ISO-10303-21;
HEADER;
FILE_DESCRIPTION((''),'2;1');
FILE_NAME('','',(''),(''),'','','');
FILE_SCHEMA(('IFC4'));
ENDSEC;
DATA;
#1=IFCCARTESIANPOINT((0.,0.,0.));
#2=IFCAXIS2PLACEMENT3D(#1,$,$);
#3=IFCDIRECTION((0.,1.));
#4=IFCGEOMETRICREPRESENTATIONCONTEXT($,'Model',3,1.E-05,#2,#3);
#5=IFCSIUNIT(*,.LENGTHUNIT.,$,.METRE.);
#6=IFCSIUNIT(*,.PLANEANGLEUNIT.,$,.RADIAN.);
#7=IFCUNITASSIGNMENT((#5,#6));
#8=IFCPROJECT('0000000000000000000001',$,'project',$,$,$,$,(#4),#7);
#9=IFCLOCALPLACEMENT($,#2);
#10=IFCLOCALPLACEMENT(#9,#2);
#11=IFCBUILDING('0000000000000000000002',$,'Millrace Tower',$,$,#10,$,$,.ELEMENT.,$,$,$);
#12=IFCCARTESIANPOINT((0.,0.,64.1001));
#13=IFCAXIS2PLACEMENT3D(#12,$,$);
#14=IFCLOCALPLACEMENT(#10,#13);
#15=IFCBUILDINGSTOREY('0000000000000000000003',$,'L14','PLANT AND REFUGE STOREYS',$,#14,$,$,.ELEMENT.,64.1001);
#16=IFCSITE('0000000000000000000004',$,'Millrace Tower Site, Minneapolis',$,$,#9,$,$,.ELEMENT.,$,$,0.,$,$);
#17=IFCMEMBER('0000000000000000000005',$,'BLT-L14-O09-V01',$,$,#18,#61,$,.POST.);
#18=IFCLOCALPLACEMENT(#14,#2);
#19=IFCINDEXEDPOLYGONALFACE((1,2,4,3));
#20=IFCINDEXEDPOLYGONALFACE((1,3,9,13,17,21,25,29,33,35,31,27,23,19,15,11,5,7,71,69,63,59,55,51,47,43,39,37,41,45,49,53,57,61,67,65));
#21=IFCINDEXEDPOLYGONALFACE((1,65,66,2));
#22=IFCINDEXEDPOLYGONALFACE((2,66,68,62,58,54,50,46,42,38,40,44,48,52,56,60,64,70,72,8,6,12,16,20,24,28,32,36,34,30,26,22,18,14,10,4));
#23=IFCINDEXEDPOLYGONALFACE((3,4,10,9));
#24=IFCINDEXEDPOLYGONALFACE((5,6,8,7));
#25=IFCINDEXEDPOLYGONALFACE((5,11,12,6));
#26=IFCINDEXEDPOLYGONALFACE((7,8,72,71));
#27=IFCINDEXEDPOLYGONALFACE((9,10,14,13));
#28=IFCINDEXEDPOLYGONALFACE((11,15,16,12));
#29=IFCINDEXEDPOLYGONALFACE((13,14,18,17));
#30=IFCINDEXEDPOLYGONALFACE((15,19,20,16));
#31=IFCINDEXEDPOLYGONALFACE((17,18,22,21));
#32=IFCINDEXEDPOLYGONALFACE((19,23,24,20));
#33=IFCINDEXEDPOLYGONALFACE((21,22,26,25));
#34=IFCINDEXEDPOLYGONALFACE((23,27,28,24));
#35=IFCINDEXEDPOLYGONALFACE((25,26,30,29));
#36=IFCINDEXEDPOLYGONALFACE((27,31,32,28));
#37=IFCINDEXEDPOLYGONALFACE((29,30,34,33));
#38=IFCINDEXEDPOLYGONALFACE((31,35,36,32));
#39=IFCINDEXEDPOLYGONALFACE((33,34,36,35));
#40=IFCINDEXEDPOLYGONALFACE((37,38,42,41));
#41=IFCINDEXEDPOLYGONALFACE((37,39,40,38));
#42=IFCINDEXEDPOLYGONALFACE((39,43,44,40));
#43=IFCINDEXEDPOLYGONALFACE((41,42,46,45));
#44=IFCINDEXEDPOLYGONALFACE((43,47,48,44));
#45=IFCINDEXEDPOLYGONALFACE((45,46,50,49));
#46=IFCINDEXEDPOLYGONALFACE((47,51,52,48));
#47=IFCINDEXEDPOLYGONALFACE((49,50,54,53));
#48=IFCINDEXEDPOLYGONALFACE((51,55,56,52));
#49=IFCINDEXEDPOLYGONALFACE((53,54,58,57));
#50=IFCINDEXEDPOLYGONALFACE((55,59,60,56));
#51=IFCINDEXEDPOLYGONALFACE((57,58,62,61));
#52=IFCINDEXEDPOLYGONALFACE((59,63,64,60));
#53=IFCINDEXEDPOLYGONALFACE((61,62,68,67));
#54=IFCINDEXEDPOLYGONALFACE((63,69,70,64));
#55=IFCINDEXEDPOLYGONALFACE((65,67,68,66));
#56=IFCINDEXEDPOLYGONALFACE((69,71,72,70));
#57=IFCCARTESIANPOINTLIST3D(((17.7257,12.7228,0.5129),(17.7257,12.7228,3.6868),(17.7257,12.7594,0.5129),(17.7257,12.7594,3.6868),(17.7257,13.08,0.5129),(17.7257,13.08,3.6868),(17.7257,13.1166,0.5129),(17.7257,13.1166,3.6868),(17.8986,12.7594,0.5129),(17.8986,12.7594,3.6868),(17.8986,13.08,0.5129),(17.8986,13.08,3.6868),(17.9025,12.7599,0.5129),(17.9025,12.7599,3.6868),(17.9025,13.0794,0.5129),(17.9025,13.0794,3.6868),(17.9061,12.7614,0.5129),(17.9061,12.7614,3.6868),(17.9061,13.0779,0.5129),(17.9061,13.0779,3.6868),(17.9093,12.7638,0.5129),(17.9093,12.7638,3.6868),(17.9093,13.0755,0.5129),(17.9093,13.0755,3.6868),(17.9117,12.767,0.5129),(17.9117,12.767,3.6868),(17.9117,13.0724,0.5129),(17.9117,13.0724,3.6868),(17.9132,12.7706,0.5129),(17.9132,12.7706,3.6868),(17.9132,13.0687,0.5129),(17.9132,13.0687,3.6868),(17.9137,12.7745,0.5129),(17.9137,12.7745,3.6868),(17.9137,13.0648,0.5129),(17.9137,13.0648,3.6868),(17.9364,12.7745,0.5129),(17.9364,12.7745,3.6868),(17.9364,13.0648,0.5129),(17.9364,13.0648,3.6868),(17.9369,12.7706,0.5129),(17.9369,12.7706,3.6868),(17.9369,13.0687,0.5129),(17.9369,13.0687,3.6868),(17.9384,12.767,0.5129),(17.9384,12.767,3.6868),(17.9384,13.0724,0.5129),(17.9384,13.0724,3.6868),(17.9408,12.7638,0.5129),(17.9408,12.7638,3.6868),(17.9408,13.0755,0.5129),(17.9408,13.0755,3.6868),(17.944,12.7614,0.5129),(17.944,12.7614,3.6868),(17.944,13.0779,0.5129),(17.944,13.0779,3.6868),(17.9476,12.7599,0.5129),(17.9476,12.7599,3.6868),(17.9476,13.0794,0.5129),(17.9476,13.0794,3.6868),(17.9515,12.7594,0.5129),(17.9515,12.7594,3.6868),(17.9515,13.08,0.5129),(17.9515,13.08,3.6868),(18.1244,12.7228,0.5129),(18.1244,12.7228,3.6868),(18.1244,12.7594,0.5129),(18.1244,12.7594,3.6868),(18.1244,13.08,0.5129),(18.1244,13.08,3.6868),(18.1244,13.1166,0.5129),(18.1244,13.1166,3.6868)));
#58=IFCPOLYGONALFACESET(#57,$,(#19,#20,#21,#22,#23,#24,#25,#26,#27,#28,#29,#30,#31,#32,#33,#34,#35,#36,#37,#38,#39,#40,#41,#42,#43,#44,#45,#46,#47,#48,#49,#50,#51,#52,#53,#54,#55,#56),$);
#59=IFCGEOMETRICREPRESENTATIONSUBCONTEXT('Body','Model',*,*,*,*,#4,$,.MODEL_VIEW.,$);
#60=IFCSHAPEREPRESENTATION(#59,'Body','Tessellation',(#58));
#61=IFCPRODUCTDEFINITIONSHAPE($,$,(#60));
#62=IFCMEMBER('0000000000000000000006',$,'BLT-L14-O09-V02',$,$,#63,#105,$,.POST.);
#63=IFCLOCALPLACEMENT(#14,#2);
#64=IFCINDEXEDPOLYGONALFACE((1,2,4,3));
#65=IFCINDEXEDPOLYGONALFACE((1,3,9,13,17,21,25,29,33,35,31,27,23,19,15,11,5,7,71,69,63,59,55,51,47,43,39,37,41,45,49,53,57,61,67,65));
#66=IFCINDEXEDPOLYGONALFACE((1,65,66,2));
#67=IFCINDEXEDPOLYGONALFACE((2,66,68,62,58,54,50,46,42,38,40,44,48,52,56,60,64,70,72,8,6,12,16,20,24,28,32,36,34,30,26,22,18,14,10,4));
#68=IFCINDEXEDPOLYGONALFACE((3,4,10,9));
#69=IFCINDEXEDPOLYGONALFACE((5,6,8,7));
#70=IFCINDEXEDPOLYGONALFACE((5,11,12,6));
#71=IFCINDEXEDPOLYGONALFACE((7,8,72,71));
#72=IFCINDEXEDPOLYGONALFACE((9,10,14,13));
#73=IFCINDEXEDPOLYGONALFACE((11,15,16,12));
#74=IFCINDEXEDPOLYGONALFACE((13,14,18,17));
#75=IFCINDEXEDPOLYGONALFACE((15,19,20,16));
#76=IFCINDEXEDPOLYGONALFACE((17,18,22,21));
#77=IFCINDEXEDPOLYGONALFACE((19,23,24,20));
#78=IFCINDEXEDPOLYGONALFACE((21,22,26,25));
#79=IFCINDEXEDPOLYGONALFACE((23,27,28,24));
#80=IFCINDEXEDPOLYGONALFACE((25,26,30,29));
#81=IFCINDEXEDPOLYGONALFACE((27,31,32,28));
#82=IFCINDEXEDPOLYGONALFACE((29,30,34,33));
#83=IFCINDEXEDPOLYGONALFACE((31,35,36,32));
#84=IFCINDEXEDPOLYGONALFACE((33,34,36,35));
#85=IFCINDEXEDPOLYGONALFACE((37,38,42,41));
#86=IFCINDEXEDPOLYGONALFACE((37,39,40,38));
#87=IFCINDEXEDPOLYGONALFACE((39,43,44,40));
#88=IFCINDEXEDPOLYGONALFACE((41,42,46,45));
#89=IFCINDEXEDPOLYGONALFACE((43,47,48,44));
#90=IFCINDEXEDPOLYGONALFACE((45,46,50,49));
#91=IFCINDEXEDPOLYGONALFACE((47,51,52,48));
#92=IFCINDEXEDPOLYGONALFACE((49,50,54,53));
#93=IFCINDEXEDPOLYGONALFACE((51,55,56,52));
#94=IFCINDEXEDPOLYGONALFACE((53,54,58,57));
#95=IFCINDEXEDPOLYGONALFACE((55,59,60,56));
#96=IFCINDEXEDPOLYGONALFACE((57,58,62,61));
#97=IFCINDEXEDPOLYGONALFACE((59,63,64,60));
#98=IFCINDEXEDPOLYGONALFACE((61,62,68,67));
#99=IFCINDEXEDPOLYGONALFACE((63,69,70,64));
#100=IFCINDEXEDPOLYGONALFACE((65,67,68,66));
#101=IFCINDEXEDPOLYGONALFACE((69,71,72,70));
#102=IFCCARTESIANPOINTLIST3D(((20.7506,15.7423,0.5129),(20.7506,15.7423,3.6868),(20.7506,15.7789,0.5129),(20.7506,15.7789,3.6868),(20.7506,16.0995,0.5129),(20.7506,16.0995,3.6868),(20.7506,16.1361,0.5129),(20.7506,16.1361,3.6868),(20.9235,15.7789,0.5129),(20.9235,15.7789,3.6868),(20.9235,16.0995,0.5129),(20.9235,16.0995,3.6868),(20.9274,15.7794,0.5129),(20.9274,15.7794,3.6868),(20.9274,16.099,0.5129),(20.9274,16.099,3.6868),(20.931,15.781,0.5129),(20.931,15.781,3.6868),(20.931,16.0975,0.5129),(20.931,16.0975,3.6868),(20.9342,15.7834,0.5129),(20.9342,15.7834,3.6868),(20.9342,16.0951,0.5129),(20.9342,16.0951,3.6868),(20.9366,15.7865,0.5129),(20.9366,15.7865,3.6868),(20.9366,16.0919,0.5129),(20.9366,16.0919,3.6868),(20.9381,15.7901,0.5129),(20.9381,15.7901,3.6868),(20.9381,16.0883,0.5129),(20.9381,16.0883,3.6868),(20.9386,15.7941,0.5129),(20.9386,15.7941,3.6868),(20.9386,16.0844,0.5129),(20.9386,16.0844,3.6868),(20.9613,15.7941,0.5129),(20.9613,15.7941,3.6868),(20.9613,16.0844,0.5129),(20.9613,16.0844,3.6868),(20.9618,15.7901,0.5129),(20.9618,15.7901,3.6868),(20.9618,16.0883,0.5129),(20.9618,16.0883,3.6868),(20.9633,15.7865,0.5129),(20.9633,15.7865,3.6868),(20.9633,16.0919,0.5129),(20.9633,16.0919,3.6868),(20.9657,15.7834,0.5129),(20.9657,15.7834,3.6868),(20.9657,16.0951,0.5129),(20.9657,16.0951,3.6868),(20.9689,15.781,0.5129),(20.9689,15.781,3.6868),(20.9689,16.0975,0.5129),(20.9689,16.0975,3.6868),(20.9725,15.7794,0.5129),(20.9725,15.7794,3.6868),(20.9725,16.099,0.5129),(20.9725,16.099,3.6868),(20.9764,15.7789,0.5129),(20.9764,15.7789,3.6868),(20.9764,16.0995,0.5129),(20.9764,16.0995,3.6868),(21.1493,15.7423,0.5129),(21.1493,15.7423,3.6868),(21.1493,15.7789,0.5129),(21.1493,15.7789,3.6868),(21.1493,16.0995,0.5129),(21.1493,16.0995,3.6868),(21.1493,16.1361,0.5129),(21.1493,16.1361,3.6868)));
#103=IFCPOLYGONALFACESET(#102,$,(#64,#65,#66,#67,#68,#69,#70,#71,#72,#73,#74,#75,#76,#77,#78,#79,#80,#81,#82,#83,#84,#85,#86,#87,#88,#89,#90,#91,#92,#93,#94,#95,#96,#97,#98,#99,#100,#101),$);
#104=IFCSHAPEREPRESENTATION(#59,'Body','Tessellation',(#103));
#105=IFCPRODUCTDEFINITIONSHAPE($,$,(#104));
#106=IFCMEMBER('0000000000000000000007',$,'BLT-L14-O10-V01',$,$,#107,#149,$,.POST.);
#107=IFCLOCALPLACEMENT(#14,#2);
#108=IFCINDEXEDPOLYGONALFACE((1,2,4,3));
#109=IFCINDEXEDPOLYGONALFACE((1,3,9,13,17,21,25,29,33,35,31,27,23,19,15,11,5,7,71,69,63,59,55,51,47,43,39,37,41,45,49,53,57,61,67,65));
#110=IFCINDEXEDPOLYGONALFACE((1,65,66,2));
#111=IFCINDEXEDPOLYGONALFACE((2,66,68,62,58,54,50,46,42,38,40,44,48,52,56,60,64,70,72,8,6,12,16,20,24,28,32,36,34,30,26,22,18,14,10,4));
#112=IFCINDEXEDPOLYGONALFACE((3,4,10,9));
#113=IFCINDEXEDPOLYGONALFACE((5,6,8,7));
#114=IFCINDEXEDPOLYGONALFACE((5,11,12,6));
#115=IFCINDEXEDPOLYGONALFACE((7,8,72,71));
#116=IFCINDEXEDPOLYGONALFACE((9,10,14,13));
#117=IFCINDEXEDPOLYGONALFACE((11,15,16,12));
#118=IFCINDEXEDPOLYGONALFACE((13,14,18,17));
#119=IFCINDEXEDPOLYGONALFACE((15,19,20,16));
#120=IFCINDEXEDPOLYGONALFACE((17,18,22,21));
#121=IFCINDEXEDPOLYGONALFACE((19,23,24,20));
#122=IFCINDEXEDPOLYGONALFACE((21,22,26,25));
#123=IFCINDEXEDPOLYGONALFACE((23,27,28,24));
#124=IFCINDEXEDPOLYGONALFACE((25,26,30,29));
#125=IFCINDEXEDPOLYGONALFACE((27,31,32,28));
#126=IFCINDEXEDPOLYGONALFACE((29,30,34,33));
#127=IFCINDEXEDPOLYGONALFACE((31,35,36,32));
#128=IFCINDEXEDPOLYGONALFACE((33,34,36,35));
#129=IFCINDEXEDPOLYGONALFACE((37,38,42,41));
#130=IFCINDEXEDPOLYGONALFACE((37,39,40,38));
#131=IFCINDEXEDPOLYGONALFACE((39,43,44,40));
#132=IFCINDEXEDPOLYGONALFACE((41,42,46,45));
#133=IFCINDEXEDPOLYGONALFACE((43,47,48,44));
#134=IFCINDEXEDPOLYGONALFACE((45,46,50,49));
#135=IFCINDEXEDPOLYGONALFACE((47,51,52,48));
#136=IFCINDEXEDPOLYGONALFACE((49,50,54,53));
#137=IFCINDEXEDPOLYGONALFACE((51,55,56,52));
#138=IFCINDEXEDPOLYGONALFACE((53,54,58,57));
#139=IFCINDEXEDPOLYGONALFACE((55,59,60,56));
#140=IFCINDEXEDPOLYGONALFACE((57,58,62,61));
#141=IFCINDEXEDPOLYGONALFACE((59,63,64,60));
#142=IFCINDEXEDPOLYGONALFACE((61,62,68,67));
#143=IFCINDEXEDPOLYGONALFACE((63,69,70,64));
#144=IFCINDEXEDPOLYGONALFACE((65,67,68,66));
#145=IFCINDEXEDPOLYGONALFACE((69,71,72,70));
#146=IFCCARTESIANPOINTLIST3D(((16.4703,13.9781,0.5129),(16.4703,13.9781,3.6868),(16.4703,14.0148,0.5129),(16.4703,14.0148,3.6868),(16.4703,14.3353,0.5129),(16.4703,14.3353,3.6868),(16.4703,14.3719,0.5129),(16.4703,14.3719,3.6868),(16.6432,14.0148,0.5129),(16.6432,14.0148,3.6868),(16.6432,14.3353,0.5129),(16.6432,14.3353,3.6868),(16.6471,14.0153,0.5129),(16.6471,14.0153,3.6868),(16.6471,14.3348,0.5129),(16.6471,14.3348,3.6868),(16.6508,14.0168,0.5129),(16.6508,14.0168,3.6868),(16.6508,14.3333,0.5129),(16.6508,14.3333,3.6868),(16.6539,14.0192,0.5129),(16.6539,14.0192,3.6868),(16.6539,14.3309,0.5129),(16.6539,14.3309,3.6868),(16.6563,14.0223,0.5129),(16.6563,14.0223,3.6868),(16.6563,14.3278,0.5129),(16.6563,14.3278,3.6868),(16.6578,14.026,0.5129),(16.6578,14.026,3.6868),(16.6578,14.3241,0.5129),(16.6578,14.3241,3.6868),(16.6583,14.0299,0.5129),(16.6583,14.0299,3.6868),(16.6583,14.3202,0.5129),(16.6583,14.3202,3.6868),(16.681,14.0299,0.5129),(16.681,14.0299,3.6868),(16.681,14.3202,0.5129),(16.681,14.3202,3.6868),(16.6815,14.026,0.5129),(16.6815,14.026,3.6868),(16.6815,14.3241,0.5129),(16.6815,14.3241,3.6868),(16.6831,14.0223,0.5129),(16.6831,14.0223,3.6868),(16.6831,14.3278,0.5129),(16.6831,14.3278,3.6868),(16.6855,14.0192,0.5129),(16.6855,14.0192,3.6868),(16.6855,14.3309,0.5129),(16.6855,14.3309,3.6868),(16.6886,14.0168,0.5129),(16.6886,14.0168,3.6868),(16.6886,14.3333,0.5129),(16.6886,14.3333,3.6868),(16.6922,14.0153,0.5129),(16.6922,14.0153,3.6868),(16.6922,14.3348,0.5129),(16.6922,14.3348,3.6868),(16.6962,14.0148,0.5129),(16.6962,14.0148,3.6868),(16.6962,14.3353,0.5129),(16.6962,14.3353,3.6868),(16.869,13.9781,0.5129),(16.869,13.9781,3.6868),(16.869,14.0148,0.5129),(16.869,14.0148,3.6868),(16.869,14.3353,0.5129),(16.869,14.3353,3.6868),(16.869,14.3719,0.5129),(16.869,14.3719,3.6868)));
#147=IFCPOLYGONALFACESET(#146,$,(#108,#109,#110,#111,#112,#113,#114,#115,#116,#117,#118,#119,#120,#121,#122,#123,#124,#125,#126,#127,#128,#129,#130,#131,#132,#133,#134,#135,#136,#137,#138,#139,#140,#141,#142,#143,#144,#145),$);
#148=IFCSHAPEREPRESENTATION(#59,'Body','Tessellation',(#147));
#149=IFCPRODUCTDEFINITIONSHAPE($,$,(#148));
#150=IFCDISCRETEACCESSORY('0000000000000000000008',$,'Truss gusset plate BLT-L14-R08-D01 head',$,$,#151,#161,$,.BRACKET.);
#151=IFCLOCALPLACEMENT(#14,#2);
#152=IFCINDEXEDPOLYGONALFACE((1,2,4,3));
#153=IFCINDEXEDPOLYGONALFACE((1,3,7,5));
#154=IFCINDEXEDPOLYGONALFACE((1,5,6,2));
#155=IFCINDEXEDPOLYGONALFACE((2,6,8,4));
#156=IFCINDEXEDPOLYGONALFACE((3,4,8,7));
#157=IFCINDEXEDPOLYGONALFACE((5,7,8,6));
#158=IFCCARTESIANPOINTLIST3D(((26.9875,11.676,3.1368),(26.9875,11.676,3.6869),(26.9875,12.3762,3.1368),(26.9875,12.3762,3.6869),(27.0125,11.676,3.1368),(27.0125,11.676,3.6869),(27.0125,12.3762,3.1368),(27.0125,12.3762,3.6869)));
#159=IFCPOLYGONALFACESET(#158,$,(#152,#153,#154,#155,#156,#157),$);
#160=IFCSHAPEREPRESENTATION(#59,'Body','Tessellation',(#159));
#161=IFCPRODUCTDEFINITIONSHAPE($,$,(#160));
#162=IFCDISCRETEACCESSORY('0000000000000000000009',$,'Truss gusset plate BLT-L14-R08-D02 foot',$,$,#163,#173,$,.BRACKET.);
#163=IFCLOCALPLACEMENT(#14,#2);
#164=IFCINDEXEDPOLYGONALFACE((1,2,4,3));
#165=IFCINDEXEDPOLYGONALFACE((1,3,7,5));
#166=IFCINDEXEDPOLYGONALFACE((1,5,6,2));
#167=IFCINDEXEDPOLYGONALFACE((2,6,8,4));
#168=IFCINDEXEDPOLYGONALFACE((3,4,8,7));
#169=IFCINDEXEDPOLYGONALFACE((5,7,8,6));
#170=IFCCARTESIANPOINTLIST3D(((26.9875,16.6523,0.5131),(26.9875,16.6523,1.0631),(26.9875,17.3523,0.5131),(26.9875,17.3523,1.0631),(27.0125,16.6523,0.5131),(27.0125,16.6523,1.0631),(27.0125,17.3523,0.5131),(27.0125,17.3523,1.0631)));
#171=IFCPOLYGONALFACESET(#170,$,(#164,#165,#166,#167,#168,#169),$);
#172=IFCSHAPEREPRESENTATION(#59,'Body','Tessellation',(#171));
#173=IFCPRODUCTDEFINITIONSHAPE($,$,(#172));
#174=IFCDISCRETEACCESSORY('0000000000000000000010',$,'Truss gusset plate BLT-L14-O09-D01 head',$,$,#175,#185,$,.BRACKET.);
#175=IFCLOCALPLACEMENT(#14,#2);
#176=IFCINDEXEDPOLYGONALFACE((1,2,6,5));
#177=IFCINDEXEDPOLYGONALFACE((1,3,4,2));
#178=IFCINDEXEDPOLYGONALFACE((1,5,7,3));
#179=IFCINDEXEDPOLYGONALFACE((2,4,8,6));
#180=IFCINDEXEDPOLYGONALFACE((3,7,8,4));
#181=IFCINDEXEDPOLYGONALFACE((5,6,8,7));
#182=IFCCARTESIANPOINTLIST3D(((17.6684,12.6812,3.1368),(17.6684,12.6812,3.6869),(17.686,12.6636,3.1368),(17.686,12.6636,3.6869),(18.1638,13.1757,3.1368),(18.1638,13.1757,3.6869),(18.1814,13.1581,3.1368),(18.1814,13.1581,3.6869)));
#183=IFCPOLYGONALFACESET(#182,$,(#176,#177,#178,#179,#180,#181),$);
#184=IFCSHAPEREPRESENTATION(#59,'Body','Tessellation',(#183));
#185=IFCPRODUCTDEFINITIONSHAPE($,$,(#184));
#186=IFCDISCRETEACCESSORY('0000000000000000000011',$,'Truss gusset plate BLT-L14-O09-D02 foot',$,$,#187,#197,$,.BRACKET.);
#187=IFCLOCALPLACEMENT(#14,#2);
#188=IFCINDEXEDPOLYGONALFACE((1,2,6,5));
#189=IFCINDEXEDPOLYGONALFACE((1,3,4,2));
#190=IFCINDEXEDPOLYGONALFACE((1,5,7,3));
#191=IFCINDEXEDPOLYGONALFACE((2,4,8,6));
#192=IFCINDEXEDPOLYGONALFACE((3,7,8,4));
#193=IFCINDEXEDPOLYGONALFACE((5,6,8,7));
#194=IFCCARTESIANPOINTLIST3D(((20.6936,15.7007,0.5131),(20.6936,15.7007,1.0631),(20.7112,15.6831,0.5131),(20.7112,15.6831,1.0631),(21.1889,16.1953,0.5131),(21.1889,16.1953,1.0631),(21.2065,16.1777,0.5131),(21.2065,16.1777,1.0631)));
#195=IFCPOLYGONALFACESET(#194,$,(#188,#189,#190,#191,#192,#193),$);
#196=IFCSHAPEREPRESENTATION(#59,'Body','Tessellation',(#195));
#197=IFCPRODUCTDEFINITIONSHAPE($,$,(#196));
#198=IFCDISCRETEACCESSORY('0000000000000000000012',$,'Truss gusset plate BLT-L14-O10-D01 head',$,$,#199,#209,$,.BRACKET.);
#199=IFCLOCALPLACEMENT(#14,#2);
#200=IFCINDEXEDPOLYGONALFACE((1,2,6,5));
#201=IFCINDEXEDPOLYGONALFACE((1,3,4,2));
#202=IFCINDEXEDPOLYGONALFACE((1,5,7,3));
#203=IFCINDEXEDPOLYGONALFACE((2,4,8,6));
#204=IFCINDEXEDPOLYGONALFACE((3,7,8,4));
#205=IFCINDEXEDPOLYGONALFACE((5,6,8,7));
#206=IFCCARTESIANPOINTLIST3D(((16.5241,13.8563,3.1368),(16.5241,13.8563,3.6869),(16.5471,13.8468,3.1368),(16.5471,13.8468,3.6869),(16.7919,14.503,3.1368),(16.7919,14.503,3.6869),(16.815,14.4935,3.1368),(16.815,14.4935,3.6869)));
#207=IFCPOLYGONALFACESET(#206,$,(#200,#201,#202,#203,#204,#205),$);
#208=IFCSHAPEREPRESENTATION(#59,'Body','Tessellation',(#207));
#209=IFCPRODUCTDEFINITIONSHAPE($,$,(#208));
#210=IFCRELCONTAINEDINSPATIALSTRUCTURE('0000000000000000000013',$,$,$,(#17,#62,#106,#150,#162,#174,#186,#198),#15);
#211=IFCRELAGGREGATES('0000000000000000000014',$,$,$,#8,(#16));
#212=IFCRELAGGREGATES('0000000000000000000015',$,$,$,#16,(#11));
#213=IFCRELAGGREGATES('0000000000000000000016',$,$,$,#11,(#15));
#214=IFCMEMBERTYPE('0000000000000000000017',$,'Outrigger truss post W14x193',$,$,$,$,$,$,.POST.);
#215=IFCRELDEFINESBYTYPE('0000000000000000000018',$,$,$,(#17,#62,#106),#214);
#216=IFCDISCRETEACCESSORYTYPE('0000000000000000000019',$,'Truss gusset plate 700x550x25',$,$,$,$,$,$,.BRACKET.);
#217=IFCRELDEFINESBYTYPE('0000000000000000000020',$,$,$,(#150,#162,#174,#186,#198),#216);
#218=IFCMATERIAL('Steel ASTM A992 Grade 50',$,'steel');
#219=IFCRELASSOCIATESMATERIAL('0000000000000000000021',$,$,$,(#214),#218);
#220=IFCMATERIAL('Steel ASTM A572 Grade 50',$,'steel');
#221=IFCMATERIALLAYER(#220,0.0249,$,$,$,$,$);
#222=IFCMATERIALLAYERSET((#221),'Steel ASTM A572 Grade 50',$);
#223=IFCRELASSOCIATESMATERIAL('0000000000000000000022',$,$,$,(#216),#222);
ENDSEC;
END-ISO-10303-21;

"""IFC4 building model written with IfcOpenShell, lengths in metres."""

from ifc_helpers import new_model, si_unit, direction, frame, origin, origin_2d, place, context, subcontext, project, spatial, rectangle, i_section, extrude, material, layer, layer_set, material_profile, profile_set, type_object, element, save


model = new_model("IFC4")

# Units and contexts
model_context = context("Model", 3, precision=1e-05, world=origin(), true_north=direction((0.0, 1.0)))
body_context = subcontext(model_context, "Body", "Model", "MODEL_VIEW")
ifc_project = project(units=[si_unit("LENGTHUNIT", "METRE"), si_unit("PLANEANGLEUNIT", "RADIAN")], contexts=[model_context])

# Site, building, storey
site_placement = place(None, origin())
site = spatial("IfcSite", under=ifc_project, at=site_placement, Name="Millrace Tower Site, Minneapolis", CompositionType="ELEMENT", RefElevation=0.0)
building_placement = place(site_placement, origin())
building = spatial("IfcBuilding", under=site, at=building_placement, Name="Millrace Tower", CompositionType="ELEMENT")
storey_placement = place(building_placement, frame((0.0, 0.0, 64.1001)))
storey = spatial("IfcBuildingStorey", under=building, at=storey_placement, Name="L14", Description="PLANT AND REFUGE STOREYS", CompositionType="ELEMENT", Elevation=64.1001)

# Members
ifc_material_1 = material(Name="Steel ASTM A992 Grade 50", Category="steel")
ifc_material_profile_1 = material_profile(ifc_material_1, i_section(OverallWidth=0.3987, OverallDepth=0.3938, WebThickness=0.0227, FlangeThickness=0.0366, FilletRadius=0.0151, at=origin_2d()))
ifc_profile_set_1 = profile_set([ifc_material_profile_1], Name="Steel ASTM A992 Grade 50")
member_type_1 = type_object("IfcMemberType", Name="Outrigger truss post W14x193", PredefinedType="POST", material=ifc_profile_set_1)
for number, where, z_axis, x_axis, name in (
    (1, (17.925, 12.9197, 0.5129), (0.0, 0.0, 1.0), (1.0, 0.0, 0.0), "BLT-L14-O09-V01"),
    (2, (20.95, 15.9392, 0.5129), (0.0, 0.0, 1.0), (1.0, 0.0, 0.0), "BLT-L14-O09-V02"),
    (3, (16.6697, 14.175, 0.5129), (0.0, 0.0, 1.0), (1.0, 0.0, 0.0), "BLT-L14-O10-V01"),
):
    element("IfcMember", number, at=place(storey_placement, frame(where, z_axis=z_axis, x_axis=x_axis)), inside=storey, type_object=member_type_1, Name=name, PredefinedType="POST", context=body_context, shape_type="SweptSolid", body=[
        extrude(i_section(OverallWidth=0.3987, OverallDepth=0.3938, WebThickness=0.0227, FlangeThickness=0.0366, FilletRadius=0.0151, at=origin_2d()), origin(), (0.0, 0.0, 1.0), 3.1738),
    ])

# Discrete accessories
ifc_material_2 = material(Name="Steel ASTM A572 Grade 50", Category="steel")
ifc_layer_1 = layer(ifc_material_2, 0.0249)
ifc_layer_set_1 = layer_set([ifc_layer_1], Name="Steel ASTM A572 Grade 50")
discrete_accessory_type = type_object("IfcDiscreteAccessoryType", Name="Truss gusset plate 700x550x25", PredefinedType="BRACKET", material=ifc_layer_set_1)
discrete_accessory_placement = place(storey_placement, frame((27.0, 11.676, 3.4119), z_axis=(0.0, 1.0, 0.0), x_axis=(-1.0, 0.0, 0.0)))
element("IfcDiscreteAccessory", 4, at=discrete_accessory_placement, inside=storey, type_object=discrete_accessory_type, Name="Truss gusset plate BLT-L14-R08-D01 head", PredefinedType="BRACKET", context=body_context, shape_type="SweptSolid", body=[
    extrude(rectangle(XDim=0.0249, YDim=0.55, at=origin_2d()), origin(), (0.0, 0.0, 1.0), 0.7002),
])
for number, where, z_axis, x_axis, name in (
    (5, (27.0, 16.6523, 0.7881), (0.0, 1.0, 0.0), (-1.0, 0.0, 0.0), "Truss gusset plate BLT-L14-R08-D02 foot"),
    (6, (17.6772, 12.6724, 3.4119), (0.70763, 0.706583, 0.0), (-0.706583, 0.70763, 0.0), "Truss gusset plate BLT-L14-O09-D01 head"),
    (7, (20.7024, 15.6919, 0.7881), (0.70763, 0.706583, 0.0), (-0.706583, 0.70763, 0.0), "Truss gusset plate BLT-L14-O09-D02 foot"),
    (8, (16.5356, 13.8516, 3.4119), (0.382608, 0.923911, 0.0), (-0.923911, 0.382608, 0.0), "Truss gusset plate BLT-L14-O10-D01 head"),
):
    element("IfcDiscreteAccessory", number, at=place(storey_placement, frame(where, z_axis=z_axis, x_axis=x_axis)), inside=storey, type_object=discrete_accessory_type, Name=name, PredefinedType="BRACKET", context=body_context, shape_type="SweptSolid", body=[
        extrude(rectangle(XDim=0.0249, YDim=0.55, at=origin_2d()), origin(), (0.0, 0.0, 1.0), 0.7),
    ])

save(model, "model.ifc")
